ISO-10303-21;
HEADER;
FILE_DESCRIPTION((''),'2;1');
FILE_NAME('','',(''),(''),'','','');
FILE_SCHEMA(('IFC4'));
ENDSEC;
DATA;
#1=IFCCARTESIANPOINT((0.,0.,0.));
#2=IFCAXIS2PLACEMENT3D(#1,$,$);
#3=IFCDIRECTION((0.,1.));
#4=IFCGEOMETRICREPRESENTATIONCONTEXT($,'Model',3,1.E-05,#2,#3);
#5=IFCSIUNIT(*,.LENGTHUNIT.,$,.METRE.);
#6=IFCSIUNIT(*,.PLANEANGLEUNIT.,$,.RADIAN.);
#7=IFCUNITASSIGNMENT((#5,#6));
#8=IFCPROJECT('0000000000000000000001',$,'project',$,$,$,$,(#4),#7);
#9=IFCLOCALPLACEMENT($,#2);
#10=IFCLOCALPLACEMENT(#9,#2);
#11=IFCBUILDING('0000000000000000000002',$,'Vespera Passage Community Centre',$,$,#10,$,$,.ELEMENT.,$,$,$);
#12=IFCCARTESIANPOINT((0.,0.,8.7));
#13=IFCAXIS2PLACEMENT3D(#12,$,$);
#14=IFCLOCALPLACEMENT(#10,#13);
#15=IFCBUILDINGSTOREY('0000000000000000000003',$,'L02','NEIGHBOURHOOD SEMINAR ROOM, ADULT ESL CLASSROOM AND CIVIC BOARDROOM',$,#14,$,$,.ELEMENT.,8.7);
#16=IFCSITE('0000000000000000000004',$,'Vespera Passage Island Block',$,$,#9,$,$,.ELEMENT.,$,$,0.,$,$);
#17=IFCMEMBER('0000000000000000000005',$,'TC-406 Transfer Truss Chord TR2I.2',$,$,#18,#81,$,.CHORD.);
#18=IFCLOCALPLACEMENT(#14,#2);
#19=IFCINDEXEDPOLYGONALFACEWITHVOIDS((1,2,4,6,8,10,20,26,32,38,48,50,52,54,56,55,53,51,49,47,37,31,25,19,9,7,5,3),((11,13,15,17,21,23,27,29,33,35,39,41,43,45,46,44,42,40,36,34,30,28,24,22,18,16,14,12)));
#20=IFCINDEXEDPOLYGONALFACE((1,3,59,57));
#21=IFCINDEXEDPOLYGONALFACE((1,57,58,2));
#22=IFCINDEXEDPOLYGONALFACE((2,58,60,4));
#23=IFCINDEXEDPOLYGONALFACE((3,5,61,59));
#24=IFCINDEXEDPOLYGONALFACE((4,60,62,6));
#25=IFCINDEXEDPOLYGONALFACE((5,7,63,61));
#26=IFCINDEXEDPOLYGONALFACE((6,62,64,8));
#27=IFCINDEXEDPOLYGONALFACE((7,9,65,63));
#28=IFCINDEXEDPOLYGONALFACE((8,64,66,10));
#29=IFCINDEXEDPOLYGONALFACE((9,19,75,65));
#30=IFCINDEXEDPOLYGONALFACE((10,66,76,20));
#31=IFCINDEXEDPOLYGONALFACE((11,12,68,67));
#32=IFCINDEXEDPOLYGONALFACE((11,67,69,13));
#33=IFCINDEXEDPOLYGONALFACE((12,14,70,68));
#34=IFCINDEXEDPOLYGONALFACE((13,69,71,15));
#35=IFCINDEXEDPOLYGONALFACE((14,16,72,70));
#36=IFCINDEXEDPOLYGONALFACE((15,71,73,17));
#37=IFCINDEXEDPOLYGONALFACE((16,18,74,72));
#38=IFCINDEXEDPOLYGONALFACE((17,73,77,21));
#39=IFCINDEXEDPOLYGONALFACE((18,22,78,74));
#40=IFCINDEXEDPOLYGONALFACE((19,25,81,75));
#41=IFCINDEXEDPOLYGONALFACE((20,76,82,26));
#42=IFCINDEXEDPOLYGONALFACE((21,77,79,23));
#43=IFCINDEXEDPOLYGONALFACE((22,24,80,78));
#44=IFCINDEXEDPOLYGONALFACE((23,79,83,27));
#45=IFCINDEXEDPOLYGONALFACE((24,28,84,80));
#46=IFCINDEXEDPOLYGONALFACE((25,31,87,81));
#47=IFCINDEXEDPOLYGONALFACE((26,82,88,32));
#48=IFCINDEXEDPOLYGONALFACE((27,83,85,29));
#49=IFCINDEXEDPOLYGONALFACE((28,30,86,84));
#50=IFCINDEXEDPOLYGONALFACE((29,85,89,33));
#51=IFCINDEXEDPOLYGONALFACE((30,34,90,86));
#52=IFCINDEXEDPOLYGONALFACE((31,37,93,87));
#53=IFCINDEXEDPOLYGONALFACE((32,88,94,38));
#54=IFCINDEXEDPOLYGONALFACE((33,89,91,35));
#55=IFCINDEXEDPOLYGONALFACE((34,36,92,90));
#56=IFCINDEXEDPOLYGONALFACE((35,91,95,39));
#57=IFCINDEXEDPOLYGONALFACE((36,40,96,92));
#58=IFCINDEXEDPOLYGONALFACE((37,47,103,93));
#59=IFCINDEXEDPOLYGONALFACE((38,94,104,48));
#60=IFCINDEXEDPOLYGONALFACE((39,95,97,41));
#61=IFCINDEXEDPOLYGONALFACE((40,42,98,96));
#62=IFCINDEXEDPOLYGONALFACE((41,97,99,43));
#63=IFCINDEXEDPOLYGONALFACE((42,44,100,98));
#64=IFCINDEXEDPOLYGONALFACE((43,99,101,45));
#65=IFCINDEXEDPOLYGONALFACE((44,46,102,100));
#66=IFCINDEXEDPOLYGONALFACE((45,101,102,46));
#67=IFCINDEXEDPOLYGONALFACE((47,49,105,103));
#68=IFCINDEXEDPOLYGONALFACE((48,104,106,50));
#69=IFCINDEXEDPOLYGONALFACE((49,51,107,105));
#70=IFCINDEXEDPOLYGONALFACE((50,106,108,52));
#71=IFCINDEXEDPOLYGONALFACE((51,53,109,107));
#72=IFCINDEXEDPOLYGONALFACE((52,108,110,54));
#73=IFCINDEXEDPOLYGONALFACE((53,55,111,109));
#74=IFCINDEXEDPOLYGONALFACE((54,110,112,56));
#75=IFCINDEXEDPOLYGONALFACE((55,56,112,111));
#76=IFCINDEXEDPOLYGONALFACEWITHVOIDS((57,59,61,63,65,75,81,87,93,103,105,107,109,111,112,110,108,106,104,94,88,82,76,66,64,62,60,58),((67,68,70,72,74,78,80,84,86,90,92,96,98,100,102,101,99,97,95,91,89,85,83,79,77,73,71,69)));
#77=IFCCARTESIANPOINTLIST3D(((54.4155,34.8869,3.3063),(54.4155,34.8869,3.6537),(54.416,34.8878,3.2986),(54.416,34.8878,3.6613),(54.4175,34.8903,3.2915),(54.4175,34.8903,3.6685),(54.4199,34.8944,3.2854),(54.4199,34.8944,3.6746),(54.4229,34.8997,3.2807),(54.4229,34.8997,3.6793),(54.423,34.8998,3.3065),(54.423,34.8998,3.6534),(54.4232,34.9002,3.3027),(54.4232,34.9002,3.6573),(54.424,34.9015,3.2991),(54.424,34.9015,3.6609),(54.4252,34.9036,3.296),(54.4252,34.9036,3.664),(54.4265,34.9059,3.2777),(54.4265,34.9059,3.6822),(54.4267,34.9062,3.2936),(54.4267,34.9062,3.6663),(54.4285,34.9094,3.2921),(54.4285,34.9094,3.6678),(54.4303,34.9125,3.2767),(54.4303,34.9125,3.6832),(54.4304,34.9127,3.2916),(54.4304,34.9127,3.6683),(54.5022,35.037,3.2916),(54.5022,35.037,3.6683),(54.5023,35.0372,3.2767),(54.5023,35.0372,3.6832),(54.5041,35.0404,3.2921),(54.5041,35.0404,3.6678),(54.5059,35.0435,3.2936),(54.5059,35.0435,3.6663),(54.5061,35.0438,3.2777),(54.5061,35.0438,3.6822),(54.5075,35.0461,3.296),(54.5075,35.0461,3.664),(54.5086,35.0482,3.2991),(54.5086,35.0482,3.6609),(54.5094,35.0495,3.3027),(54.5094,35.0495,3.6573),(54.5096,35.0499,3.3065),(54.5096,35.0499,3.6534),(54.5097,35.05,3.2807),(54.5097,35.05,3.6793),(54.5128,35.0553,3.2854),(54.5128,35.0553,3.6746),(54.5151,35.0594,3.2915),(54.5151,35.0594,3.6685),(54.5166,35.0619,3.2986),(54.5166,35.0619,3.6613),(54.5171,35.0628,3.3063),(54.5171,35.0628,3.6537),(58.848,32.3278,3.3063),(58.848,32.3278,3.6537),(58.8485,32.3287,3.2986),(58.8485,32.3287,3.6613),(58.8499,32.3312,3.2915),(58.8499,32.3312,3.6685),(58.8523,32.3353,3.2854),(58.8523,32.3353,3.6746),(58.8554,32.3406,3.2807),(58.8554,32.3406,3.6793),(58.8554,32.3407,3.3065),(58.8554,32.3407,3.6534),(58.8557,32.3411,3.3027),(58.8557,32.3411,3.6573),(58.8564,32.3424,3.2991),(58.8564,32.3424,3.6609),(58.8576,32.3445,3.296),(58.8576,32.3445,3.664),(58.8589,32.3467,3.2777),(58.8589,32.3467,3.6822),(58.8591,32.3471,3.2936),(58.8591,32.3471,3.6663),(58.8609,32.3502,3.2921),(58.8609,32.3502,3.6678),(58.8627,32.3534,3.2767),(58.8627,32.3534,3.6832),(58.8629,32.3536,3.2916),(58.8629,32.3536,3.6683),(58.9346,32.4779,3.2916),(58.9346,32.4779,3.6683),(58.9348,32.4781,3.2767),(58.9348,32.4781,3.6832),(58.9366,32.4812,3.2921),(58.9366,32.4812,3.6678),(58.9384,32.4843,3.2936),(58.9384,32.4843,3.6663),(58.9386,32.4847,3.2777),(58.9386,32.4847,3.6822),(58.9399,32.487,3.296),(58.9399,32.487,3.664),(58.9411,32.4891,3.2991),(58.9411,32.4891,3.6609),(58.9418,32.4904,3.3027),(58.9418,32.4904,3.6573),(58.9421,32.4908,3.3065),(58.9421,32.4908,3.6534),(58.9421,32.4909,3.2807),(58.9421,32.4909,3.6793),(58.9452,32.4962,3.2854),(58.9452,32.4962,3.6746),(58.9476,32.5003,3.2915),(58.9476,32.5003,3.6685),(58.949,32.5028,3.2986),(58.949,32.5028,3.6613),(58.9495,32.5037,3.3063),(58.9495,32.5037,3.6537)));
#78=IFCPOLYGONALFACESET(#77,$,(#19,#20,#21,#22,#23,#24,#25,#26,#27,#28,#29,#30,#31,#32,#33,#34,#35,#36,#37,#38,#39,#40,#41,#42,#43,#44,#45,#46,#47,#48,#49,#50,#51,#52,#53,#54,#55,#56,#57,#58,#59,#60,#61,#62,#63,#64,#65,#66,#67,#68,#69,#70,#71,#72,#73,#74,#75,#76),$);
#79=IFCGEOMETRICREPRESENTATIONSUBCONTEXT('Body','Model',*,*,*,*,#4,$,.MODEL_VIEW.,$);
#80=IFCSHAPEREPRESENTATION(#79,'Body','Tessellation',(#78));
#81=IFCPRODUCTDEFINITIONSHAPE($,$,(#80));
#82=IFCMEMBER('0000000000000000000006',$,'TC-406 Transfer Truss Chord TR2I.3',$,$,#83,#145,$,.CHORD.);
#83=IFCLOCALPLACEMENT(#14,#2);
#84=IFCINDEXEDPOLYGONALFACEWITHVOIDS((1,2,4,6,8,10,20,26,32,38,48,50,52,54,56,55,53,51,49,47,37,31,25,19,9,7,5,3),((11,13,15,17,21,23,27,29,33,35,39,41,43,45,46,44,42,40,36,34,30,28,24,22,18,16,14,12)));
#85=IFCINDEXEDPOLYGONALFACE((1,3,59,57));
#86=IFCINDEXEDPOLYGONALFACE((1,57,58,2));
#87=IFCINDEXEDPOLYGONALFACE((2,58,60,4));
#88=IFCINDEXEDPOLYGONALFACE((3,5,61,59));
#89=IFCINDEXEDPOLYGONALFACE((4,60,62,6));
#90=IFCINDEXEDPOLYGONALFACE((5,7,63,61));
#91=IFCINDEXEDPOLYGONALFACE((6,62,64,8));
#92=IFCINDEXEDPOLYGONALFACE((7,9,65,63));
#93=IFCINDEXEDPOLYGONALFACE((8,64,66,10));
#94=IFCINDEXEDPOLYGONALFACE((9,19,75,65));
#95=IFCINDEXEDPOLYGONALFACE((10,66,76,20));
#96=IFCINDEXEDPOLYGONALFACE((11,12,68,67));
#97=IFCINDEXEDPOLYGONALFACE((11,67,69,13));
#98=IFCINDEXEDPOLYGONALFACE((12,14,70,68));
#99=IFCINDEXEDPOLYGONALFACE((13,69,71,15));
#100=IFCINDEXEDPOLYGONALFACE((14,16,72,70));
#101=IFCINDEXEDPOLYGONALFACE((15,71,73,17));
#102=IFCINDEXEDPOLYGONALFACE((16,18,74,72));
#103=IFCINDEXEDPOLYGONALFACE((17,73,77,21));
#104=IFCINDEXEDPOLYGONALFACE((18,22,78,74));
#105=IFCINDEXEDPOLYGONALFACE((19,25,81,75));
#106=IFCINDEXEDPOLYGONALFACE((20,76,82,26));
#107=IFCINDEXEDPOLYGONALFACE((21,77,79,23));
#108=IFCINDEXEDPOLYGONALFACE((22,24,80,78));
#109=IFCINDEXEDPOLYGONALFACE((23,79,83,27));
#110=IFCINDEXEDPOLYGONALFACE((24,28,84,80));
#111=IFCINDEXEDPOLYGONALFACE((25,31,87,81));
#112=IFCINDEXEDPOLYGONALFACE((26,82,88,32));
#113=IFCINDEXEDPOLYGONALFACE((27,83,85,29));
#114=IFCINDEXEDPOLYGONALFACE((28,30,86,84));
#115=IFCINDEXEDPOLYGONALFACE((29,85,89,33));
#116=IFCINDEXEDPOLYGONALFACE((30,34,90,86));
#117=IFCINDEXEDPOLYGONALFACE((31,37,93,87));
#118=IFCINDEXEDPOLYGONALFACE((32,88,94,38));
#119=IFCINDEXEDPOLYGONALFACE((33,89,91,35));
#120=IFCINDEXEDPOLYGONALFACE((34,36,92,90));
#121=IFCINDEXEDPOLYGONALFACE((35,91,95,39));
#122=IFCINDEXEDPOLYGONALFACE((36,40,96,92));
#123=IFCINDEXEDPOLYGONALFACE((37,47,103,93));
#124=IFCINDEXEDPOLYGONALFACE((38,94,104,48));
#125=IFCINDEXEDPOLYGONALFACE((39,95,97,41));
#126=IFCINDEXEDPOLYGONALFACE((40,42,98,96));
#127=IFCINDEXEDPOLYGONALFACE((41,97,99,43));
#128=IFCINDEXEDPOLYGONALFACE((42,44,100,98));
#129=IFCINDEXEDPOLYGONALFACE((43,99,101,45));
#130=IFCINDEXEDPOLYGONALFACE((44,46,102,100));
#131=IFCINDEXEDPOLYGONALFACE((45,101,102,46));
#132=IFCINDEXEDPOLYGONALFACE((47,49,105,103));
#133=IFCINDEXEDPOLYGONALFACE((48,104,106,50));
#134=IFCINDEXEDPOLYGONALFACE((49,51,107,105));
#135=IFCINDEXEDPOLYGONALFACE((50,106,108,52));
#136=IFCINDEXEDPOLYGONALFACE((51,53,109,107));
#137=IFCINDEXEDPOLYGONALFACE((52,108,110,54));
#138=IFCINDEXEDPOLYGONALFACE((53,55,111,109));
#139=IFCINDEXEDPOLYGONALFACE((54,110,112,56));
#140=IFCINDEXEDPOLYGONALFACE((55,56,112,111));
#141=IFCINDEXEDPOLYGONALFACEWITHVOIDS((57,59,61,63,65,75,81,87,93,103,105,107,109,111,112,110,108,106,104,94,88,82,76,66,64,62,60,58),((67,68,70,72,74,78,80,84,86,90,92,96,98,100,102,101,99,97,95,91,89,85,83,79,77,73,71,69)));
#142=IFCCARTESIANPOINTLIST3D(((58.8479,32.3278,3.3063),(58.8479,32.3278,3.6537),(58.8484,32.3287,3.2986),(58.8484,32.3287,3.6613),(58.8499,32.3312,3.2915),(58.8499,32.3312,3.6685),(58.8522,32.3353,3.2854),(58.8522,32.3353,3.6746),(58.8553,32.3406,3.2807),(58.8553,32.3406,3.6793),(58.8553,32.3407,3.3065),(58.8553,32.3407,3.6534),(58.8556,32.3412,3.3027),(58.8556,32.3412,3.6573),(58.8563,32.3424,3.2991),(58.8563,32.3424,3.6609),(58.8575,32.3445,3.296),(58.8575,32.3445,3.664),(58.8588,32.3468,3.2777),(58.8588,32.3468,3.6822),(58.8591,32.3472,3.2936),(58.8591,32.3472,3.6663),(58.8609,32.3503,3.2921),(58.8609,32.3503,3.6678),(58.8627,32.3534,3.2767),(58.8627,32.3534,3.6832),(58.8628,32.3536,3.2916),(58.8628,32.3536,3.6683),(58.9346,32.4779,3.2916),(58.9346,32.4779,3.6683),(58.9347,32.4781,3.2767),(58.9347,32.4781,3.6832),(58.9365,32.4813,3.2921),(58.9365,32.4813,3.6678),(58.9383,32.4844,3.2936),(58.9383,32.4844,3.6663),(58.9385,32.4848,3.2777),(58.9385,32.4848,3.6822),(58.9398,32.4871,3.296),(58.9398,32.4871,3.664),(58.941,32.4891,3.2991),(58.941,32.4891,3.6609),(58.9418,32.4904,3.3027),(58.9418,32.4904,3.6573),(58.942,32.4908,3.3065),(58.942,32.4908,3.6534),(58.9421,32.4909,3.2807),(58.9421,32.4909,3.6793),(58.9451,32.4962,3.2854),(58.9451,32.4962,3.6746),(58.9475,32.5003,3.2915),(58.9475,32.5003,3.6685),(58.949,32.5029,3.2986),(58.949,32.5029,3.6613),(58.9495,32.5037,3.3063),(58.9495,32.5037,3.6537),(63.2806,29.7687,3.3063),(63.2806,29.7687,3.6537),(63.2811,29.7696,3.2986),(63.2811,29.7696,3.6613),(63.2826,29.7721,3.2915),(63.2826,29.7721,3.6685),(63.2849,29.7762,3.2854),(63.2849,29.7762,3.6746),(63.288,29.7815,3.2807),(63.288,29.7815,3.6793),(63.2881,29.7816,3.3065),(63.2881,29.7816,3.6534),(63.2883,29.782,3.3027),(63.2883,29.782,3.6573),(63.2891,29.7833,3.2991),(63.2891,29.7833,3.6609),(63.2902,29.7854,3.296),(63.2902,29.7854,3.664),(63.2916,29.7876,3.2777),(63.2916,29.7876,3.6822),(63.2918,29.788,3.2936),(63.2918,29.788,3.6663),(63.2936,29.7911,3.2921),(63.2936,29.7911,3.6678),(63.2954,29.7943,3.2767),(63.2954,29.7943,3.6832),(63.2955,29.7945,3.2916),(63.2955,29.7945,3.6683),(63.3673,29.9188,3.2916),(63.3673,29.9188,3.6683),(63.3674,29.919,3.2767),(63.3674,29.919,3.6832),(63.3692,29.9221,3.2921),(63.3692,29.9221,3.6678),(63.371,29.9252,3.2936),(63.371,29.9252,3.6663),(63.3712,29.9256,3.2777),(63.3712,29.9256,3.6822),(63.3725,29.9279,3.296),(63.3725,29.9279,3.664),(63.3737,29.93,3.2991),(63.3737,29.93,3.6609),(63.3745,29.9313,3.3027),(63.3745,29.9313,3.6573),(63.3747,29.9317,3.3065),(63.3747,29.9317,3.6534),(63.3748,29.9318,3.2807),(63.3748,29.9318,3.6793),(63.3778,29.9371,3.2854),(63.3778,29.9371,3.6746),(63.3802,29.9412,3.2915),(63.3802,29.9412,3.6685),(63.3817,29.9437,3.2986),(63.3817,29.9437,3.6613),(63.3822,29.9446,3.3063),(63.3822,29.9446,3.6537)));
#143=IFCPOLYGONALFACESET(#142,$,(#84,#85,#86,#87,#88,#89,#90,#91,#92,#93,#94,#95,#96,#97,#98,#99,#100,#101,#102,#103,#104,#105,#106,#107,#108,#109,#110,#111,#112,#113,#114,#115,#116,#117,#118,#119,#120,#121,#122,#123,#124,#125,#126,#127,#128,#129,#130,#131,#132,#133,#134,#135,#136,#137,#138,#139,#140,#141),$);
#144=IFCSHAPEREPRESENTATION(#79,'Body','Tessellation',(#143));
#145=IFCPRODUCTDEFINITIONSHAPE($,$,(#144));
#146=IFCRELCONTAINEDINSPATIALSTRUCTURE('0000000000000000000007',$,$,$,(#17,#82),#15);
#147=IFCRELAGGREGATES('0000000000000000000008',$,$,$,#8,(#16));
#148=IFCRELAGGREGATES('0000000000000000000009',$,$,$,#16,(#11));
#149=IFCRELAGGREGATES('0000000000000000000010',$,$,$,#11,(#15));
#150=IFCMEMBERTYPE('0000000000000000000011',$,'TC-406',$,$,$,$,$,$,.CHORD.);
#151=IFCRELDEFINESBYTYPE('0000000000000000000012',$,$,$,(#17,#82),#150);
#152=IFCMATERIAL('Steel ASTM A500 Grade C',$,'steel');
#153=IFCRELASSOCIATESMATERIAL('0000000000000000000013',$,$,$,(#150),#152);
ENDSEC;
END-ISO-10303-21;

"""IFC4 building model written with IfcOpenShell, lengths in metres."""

from ifc_helpers import new_model, si_unit, direction, frame, origin, origin_2d, place, context, subcontext, project, spatial, hollow_rectangle, extrude, material, material_profile, profile_set, type_object, element, save


model = new_model("IFC4")

# Units and contexts
model_context = context("Model", 3, precision=1e-05, world=origin(), true_north=direction((0.0, 1.0)))
body_context = subcontext(model_context, "Body", "Model", "MODEL_VIEW")
ifc_project = project(units=[si_unit("LENGTHUNIT", "METRE"), si_unit("PLANEANGLEUNIT", "RADIAN")], contexts=[model_context])

# Site, building, storey
site_placement = place(None, origin())
site = spatial("IfcSite", under=ifc_project, at=site_placement, Name="Vespera Passage Island Block", CompositionType="ELEMENT", RefElevation=0.0)
building_placement = place(site_placement, origin())
building = spatial("IfcBuilding", under=site, at=building_placement, Name="Vespera Passage Community Centre", CompositionType="ELEMENT")
storey_placement = place(building_placement, frame((0.0, 0.0, 8.7)))
storey = spatial("IfcBuildingStorey", under=building, at=storey_placement, Name="L02", Description="NEIGHBOURHOOD SEMINAR ROOM, ADULT ESL CLASSROOM AND CIVIC BOARDROOM", CompositionType="ELEMENT", Elevation=8.7)

# Members
ifc_material_1 = material(Name="Steel ASTM A500 Grade C", Category="steel")
ifc_material_profile_1 = material_profile(ifc_material_1, hollow_rectangle(XDim=0.2031, YDim=0.4065, WallThickness=0.0149, InnerFilletRadius=0.0149, OuterFilletRadius=0.0295, at=origin_2d()), Name="HSS406X203X15.9")
ifc_profile_set_1 = profile_set([ifc_material_profile_1], Name="Steel ASTM A500 Grade C")
member_type_1 = type_object("IfcMemberType", Name="TC-406", PredefinedType="CHORD", material=ifc_profile_set_1)
member_1_placement = place(storey_placement, frame((54.4663, 34.9749, 3.48), z_axis=(0.866021, -0.500007, 0.0), x_axis=(0.500007, 0.866021, 0.0)))
element("IfcMember", 1, at=member_1_placement, inside=storey, type_object=member_type_1, Name="TC-406 Transfer Truss Chord TR2I.2", PredefinedType="CHORD", context=body_context, shape_type="SweptSolid", body=[
    extrude(hollow_rectangle(XDim=0.2031, YDim=0.4065, WallThickness=0.0149, InnerFilletRadius=0.0149, OuterFilletRadius=0.0295, at=origin_2d()), origin(), (0.0, 0.0, 1.0), 5.1182),
])
member_2_placement = place(storey_placement, frame((58.8987, 32.4158, 3.48), z_axis=(0.866033, -0.499987, 0.0), x_axis=(0.499987, 0.866033, 0.0)))
element("IfcMember", 2, at=member_2_placement, inside=storey, type_object=member_type_1, Name="TC-406 Transfer Truss Chord TR2I.3", PredefinedType="CHORD", context=body_context, shape_type="SweptSolid", body=[
    extrude(hollow_rectangle(XDim=0.2031, YDim=0.4065, WallThickness=0.0149, InnerFilletRadius=0.0149, OuterFilletRadius=0.0295, at=origin_2d()), origin(), (0.0, 0.0, 1.0), 5.1184),
])

save(model, "model.ifc")
